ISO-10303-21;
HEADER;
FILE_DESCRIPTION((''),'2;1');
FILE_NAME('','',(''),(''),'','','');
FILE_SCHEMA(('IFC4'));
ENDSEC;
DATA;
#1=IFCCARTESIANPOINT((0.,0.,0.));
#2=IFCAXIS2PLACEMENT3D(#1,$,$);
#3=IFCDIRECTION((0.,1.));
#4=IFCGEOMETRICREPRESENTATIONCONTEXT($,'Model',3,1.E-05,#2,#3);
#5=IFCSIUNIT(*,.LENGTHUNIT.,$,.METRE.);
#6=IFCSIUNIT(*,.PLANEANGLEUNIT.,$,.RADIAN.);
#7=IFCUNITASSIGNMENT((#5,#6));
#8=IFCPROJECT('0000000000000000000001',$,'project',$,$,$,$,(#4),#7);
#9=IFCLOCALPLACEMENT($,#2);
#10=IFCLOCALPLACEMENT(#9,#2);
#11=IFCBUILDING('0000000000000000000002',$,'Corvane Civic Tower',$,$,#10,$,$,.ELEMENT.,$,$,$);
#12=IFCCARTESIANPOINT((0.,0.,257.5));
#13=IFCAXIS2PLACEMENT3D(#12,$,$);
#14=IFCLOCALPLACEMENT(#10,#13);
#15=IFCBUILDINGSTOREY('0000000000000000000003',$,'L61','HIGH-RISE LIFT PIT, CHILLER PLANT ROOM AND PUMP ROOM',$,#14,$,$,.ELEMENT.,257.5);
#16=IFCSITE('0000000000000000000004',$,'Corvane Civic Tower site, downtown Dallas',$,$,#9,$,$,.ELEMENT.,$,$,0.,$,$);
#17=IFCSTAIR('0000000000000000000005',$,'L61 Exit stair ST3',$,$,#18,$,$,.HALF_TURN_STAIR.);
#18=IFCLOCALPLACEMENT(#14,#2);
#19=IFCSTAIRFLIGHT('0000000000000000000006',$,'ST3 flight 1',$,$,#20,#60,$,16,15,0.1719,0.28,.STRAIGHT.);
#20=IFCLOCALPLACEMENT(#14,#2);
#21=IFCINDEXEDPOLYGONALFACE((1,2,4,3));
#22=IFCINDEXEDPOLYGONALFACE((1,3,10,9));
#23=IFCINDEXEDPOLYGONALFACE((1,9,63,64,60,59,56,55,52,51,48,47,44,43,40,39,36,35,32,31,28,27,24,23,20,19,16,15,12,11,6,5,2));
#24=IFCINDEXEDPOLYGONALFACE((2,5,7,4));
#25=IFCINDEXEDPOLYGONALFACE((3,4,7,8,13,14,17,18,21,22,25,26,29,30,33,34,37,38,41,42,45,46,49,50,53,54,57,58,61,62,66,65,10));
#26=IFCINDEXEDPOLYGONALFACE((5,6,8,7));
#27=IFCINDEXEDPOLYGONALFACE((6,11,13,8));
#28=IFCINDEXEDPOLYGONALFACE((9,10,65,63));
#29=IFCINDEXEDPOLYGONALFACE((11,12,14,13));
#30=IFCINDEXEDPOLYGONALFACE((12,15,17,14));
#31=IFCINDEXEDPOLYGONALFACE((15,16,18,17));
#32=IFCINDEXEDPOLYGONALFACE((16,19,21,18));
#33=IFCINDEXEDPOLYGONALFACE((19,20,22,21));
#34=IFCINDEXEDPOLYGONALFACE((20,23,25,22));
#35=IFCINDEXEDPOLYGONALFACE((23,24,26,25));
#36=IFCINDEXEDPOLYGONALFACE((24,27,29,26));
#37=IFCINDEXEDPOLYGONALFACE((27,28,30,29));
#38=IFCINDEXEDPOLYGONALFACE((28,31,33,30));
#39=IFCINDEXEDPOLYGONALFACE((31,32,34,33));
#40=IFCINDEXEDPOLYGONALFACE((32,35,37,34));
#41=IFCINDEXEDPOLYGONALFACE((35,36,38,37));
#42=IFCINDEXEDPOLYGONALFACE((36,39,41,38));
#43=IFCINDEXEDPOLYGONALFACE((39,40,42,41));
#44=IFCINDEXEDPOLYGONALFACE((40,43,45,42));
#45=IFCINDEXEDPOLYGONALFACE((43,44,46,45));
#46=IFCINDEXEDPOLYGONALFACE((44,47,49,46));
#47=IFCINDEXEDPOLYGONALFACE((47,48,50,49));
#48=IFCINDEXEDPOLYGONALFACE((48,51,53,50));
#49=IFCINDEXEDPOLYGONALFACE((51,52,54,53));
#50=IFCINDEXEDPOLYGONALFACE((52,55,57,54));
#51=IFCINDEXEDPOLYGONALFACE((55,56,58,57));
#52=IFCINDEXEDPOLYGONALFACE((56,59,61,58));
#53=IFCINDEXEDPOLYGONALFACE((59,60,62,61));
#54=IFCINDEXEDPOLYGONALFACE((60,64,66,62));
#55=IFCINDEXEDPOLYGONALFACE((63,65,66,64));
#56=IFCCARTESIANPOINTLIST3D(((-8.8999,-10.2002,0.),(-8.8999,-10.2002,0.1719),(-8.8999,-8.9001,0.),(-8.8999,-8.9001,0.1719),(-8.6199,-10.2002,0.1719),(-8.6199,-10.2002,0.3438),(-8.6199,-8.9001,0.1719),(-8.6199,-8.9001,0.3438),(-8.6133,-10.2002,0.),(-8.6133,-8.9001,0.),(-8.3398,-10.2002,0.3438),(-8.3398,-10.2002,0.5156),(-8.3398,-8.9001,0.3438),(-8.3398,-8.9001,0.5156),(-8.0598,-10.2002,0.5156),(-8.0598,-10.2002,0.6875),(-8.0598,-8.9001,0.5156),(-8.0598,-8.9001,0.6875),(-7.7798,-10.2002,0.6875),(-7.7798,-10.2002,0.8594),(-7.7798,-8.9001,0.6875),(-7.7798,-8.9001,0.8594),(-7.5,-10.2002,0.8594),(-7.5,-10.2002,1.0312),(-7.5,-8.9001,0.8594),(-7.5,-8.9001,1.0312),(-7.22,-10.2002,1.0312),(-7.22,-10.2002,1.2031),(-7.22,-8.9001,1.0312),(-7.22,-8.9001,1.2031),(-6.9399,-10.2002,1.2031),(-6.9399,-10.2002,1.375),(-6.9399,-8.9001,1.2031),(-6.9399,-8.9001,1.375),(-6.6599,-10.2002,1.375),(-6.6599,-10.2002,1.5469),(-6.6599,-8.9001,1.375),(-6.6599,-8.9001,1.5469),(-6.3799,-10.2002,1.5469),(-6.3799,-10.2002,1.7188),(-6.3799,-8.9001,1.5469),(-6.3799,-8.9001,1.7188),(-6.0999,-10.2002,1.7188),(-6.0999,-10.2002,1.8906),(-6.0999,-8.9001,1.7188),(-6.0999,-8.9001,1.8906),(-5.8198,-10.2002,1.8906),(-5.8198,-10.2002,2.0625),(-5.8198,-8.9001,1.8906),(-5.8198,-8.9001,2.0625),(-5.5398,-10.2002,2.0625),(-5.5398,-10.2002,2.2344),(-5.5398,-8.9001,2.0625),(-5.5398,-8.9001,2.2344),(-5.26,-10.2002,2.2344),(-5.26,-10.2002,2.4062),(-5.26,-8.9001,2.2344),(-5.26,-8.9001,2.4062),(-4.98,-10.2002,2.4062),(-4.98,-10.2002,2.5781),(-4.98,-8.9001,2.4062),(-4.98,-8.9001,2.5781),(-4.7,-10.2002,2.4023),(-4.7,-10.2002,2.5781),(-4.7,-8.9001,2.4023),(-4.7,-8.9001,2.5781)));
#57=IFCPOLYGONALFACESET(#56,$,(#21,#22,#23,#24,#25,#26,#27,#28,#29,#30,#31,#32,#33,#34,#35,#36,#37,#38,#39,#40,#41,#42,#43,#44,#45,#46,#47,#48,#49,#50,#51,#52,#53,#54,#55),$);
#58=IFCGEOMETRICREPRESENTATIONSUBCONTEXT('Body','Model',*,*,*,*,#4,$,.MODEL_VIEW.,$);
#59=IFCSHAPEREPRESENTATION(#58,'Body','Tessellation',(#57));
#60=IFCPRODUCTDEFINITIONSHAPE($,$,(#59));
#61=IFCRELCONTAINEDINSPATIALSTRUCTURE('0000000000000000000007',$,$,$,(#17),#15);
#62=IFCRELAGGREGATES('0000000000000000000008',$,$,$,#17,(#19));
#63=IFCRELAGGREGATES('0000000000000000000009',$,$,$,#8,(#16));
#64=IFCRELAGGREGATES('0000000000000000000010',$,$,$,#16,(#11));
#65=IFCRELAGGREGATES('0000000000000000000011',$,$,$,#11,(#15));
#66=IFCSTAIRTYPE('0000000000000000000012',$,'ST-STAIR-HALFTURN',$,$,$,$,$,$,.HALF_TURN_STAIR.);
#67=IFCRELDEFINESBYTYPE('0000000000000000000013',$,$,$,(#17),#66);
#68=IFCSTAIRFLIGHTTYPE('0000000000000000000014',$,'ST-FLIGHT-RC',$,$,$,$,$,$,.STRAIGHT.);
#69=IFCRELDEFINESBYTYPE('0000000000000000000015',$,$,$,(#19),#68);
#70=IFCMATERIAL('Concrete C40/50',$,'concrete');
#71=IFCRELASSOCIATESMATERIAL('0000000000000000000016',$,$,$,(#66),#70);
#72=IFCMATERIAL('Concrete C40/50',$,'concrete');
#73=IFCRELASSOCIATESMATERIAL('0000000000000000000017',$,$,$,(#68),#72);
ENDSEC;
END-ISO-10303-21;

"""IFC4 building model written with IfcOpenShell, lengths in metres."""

from ifc_helpers import new_model, si_unit, direction, frame, origin, place, context, subcontext, project, spatial, polyline, outline, extrude, material, type_object, element, aggregate, save


model = new_model("IFC4")

# Units and contexts
model_context = context("Model", 3, precision=1e-05, world=origin(), true_north=direction((0.0, 1.0)))
body_context = subcontext(model_context, "Body", "Model", "MODEL_VIEW")
ifc_project = project(units=[si_unit("LENGTHUNIT", "METRE"), si_unit("PLANEANGLEUNIT", "RADIAN")], contexts=[model_context])

# Site, building, storey
site_placement = place(None, origin())
site = spatial("IfcSite", under=ifc_project, at=site_placement, Name="Corvane Civic Tower site, downtown Dallas", CompositionType="ELEMENT", RefElevation=0.0)
building_placement = place(site_placement, origin())
building = spatial("IfcBuilding", under=site, at=building_placement, Name="Corvane Civic Tower", CompositionType="ELEMENT")
storey_placement = place(building_placement, frame((0.0, 0.0, 257.5)))
storey = spatial("IfcBuildingStorey", under=building, at=storey_placement, Name="L61", Description="HIGH-RISE LIFT PIT, CHILLER PLANT ROOM AND PUMP ROOM", CompositionType="ELEMENT", Elevation=257.5)

# Stair, stair flight
ifc_material_1 = material(Name="Concrete C40/50", Category="concrete")
stair_type = type_object("IfcStairType", Name="ST-STAIR-HALFTURN", PredefinedType="HALF_TURN_STAIR", material=ifc_material_1)
stair_placement = place(storey_placement, origin())
stair = element("IfcStair", 1, at=stair_placement, inside=storey, type_object=stair_type, Name="L61 Exit stair ST3", PredefinedType="HALF_TURN_STAIR")
ifc_material_2 = material(Name="Concrete C40/50", Category="concrete")
stair_flight_type = type_object("IfcStairFlightType", Name="ST-FLIGHT-RC", PredefinedType="STRAIGHT", material=ifc_material_2)
stair_flight_placement = place(storey_placement, frame((-8.8999, -9.55, 0.0), z_axis=(0.0, 0.0, 1.0), x_axis=(1.0, 0.0, 0.0)))
stair_flight = element("IfcStairFlight", 2, at=stair_flight_placement, type_object=stair_flight_type, Name="ST3 flight 1", NumberOfRisers=16, NumberOfTreads=15, PredefinedType="STRAIGHT", RiserHeight=0.1719, TreadLength=0.28, context=body_context, shape_type="SweptSolid", body=[
    extrude(outline(polyline([(0.0, 0.0), (0.0, 0.1719), (0.28, 0.1719), (0.28, 0.3438), (0.5601, 0.3438), (0.5601, 0.5156), (0.8401, 0.5156), (0.8401, 0.6875), (1.1201, 0.6875), (1.1201, 0.8594), (1.3999, 0.8594), (1.3999, 1.0312), (1.6799, 1.0312), (1.6799, 1.2031), (1.96, 1.2031), (1.96, 1.375), (2.24, 1.375), (2.24, 1.5469), (2.52, 1.5469), (2.52, 1.7188), (2.8, 1.7188), (2.8, 1.8906), (3.0801, 1.8906), (3.0801, 2.0625), (3.3601, 2.0625), (3.3601, 2.2344), (3.6399, 2.2344), (3.6399, 2.4062), (3.9199, 2.4062), (3.9199, 2.5781), (4.2, 2.5781), (4.2, 2.75), (4.2, 2.4023), (0.2866, 0.0), (0.0, 0.0)])), frame((0.0, 0.6499, 0.0), z_axis=(0.0, -1.0, 0.0), x_axis=(1.0, 0.0, 0.0)), (0.0, 0.0, 1.0), 1.3),
])
aggregate(stair, [stair_flight])

save(model, "model.ifc")
